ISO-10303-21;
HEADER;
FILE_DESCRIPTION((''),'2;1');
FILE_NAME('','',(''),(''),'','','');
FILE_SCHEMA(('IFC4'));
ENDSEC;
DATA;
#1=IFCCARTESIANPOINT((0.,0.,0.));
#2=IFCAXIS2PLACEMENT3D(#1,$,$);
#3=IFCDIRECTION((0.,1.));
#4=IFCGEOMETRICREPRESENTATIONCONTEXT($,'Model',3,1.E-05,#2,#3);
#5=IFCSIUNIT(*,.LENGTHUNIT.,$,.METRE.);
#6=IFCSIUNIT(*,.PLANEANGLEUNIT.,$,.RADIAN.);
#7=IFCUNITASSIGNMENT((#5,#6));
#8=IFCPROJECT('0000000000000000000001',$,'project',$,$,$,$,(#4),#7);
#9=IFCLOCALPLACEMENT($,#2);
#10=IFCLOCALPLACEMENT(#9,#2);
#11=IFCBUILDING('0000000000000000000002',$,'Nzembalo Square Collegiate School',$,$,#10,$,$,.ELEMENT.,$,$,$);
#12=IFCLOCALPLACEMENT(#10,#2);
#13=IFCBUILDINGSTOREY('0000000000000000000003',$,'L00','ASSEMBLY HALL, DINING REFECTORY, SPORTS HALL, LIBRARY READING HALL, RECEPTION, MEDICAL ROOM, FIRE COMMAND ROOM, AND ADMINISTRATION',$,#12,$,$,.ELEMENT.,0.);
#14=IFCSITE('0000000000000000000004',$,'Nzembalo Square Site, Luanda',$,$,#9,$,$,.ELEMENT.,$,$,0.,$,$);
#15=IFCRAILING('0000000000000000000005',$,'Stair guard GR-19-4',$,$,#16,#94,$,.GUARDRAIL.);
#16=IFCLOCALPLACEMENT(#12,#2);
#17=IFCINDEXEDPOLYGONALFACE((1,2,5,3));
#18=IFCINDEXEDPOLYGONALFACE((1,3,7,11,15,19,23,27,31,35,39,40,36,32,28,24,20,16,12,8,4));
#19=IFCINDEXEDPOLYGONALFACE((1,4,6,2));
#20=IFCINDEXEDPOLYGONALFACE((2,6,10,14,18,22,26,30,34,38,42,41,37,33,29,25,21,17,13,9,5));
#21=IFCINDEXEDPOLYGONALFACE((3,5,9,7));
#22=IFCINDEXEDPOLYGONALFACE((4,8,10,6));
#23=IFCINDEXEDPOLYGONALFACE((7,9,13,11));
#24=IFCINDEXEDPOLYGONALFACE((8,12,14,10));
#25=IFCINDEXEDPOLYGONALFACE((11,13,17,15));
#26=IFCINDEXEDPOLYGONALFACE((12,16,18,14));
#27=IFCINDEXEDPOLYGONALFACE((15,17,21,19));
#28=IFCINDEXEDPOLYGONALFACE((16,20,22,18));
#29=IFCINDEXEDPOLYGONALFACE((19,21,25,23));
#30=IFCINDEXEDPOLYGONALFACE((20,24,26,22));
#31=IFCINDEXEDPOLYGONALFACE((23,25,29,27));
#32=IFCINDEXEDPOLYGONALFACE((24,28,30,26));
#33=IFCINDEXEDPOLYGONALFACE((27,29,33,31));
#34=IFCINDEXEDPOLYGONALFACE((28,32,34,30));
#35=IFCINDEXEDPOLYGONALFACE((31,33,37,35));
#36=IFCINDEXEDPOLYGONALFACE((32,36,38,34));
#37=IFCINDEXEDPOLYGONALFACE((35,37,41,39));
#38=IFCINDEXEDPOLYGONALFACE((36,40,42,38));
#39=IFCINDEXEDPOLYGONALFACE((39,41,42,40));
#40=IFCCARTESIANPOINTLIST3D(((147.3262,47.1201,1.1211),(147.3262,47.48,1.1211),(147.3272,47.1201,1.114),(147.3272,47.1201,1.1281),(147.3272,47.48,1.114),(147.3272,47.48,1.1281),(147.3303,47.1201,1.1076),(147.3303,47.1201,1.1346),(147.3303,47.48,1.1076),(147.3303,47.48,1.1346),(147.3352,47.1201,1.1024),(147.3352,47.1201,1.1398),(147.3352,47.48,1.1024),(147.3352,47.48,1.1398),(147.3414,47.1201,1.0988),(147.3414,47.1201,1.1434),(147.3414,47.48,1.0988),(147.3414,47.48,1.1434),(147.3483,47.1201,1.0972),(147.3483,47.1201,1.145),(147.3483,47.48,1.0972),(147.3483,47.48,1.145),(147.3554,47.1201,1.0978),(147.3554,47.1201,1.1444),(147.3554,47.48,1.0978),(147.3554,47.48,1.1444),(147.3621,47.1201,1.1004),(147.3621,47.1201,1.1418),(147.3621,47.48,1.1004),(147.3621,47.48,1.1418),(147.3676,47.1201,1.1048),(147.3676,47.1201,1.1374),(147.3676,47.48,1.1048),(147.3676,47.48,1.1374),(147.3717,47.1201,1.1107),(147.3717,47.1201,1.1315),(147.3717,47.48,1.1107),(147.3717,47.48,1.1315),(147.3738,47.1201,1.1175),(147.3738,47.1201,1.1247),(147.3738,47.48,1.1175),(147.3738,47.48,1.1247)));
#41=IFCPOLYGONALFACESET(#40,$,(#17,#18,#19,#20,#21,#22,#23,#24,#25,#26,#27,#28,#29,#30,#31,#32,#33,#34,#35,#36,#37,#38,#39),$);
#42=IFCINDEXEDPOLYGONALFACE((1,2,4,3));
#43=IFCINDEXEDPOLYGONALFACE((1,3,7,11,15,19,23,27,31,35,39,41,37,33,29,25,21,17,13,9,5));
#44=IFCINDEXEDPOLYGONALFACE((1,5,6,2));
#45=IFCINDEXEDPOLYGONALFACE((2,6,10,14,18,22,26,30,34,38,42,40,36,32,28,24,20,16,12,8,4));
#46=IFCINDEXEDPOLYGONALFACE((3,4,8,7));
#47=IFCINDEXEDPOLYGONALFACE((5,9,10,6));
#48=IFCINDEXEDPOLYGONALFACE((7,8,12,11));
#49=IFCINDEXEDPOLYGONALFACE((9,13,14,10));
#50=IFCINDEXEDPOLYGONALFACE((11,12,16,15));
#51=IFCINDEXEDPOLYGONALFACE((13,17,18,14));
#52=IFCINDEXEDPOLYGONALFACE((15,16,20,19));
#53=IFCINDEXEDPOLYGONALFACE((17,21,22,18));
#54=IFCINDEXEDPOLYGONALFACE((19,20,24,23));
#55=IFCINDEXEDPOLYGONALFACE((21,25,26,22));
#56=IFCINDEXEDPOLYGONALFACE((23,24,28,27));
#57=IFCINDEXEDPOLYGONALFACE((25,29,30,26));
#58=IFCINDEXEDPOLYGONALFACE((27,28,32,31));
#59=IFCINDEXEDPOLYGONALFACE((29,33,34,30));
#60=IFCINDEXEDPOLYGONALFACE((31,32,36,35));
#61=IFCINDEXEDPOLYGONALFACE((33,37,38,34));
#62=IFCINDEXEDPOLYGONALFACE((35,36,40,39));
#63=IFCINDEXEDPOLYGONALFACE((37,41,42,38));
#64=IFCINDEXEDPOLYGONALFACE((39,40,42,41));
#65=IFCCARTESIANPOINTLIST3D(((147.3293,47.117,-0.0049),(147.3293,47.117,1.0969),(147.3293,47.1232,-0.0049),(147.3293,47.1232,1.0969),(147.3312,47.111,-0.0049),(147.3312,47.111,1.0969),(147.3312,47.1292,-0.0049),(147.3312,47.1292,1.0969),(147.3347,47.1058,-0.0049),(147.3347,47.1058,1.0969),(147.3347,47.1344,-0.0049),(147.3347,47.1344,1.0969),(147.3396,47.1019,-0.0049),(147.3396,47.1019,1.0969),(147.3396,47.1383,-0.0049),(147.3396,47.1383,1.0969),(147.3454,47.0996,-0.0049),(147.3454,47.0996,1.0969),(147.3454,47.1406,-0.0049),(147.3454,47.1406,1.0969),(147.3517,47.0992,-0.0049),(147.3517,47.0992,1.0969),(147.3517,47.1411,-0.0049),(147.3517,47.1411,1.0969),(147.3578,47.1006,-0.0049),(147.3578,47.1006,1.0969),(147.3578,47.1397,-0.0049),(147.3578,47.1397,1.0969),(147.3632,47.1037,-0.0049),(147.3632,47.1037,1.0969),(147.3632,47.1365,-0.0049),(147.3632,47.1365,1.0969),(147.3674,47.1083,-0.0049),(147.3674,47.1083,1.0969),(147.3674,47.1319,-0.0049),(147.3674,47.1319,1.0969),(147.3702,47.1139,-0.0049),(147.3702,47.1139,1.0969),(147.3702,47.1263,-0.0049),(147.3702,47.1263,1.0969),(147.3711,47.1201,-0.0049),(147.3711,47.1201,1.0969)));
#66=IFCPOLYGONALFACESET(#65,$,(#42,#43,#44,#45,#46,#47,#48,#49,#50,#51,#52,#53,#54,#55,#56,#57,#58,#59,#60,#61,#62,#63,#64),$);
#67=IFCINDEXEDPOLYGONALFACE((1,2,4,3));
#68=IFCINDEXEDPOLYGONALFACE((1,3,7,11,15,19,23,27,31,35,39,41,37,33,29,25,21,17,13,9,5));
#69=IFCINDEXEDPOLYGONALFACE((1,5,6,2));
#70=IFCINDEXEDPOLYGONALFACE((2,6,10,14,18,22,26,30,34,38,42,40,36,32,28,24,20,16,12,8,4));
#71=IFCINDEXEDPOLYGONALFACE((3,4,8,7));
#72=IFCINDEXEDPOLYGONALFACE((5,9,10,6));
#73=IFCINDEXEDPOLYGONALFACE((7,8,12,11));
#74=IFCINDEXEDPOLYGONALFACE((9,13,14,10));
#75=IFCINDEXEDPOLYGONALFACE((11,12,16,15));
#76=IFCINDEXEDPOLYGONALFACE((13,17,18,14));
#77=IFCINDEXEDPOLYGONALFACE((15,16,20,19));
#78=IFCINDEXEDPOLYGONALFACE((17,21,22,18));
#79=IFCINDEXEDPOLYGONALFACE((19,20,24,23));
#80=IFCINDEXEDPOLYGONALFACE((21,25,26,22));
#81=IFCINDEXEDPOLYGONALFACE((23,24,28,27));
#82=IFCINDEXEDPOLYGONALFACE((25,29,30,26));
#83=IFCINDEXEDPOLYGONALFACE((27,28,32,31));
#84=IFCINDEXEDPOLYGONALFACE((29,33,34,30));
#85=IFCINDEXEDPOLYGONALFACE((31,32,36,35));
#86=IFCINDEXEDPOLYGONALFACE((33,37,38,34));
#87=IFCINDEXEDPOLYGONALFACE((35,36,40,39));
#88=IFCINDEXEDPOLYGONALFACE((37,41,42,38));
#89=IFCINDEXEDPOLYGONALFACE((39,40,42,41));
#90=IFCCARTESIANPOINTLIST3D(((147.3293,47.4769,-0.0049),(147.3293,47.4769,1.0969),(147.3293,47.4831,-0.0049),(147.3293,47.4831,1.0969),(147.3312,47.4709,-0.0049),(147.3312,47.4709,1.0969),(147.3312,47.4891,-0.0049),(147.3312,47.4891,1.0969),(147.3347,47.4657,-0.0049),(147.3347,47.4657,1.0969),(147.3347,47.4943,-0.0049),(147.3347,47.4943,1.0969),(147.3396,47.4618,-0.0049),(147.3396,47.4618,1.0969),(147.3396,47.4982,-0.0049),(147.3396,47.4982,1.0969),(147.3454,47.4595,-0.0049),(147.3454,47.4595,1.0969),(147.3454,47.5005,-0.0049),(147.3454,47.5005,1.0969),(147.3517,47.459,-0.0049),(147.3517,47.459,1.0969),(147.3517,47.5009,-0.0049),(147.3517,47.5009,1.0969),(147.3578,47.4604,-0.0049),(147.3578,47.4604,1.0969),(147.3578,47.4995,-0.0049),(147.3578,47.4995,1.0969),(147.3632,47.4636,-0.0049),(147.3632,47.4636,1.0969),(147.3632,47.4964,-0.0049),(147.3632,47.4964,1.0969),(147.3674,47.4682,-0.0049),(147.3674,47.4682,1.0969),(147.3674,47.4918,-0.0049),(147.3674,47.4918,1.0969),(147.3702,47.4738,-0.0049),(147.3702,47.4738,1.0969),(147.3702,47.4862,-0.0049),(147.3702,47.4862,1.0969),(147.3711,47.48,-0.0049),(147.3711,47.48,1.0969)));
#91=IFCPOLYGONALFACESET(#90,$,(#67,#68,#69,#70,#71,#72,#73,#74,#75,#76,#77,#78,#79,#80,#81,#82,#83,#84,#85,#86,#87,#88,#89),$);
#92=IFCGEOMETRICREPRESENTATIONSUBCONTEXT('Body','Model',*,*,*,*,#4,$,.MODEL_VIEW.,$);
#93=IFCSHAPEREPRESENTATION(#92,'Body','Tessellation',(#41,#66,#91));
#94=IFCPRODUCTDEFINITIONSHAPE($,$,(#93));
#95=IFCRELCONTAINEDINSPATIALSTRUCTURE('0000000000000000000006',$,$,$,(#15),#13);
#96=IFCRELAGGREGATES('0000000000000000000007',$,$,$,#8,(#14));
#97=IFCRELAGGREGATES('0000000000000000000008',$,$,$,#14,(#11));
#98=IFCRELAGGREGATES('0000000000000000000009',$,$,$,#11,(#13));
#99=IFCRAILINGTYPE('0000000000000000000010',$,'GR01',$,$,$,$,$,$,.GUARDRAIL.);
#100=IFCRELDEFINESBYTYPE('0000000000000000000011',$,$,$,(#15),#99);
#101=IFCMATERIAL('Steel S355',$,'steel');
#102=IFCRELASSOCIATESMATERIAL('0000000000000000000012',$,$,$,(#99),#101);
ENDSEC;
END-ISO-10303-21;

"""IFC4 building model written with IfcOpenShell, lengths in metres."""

from ifc_helpers import new_model, si_unit, direction, frame, origin, origin_2d, place, context, subcontext, project, spatial, circle, extrude, material, type_object, element, save


model = new_model("IFC4")

# Units and contexts
model_context = context("Model", 3, precision=1e-05, world=origin(), true_north=direction((0.0, 1.0)))
body_context = subcontext(model_context, "Body", "Model", "MODEL_VIEW")
ifc_project = project(units=[si_unit("LENGTHUNIT", "METRE"), si_unit("PLANEANGLEUNIT", "RADIAN")], contexts=[model_context])

# Site, building, storey
site_placement = place(None, origin())
site = spatial("IfcSite", under=ifc_project, at=site_placement, Name="Nzembalo Square Site, Luanda", CompositionType="ELEMENT", RefElevation=0.0)
building_placement = place(site_placement, origin())
building = spatial("IfcBuilding", under=site, at=building_placement, Name="Nzembalo Square Collegiate School", CompositionType="ELEMENT")
storey_placement = place(building_placement, origin())
storey = spatial("IfcBuildingStorey", under=building, at=storey_placement, Name="L00", Description="ASSEMBLY HALL, DINING REFECTORY, SPORTS HALL, LIBRARY READING HALL, RECEPTION, MEDICAL ROOM, FIRE COMMAND ROOM, AND ADMINISTRATION", CompositionType="ELEMENT", Elevation=0.0)

# Railing
ifc_material_1 = material(Name="Steel S355", Category="steel")
railing_type_1 = type_object("IfcRailingType", Name="GR01", PredefinedType="GUARDRAIL", material=ifc_material_1)
railing_1_placement = place(storey_placement, frame((147.3501, 47.1201, -0.0049)))
element("IfcRailing", 1, at=railing_1_placement, inside=storey, type_object=railing_type_1, Name="Stair guard GR-19-4", PredefinedType="GUARDRAIL", context=body_context, shape_type="SweptSolid", body=[
    extrude(circle(Radius=0.0239, at=origin_2d()), frame((0.0, 0.0, 1.126), z_axis=(0.0, 1.0, 0.0), x_axis=(-1.0, 0.0, 0.0)), (0.0, 0.0, 1.0), 0.3599),
    extrude(circle(Radius=0.021, at=origin_2d()), origin(), (0.0, 0.0, 1.0), 1.1018),
    extrude(circle(Radius=0.021, at=origin_2d()), frame((0.0, 0.3599, 0.0)), (0.0, 0.0, 1.0), 1.1018),
])

save(model, "model.ifc")
